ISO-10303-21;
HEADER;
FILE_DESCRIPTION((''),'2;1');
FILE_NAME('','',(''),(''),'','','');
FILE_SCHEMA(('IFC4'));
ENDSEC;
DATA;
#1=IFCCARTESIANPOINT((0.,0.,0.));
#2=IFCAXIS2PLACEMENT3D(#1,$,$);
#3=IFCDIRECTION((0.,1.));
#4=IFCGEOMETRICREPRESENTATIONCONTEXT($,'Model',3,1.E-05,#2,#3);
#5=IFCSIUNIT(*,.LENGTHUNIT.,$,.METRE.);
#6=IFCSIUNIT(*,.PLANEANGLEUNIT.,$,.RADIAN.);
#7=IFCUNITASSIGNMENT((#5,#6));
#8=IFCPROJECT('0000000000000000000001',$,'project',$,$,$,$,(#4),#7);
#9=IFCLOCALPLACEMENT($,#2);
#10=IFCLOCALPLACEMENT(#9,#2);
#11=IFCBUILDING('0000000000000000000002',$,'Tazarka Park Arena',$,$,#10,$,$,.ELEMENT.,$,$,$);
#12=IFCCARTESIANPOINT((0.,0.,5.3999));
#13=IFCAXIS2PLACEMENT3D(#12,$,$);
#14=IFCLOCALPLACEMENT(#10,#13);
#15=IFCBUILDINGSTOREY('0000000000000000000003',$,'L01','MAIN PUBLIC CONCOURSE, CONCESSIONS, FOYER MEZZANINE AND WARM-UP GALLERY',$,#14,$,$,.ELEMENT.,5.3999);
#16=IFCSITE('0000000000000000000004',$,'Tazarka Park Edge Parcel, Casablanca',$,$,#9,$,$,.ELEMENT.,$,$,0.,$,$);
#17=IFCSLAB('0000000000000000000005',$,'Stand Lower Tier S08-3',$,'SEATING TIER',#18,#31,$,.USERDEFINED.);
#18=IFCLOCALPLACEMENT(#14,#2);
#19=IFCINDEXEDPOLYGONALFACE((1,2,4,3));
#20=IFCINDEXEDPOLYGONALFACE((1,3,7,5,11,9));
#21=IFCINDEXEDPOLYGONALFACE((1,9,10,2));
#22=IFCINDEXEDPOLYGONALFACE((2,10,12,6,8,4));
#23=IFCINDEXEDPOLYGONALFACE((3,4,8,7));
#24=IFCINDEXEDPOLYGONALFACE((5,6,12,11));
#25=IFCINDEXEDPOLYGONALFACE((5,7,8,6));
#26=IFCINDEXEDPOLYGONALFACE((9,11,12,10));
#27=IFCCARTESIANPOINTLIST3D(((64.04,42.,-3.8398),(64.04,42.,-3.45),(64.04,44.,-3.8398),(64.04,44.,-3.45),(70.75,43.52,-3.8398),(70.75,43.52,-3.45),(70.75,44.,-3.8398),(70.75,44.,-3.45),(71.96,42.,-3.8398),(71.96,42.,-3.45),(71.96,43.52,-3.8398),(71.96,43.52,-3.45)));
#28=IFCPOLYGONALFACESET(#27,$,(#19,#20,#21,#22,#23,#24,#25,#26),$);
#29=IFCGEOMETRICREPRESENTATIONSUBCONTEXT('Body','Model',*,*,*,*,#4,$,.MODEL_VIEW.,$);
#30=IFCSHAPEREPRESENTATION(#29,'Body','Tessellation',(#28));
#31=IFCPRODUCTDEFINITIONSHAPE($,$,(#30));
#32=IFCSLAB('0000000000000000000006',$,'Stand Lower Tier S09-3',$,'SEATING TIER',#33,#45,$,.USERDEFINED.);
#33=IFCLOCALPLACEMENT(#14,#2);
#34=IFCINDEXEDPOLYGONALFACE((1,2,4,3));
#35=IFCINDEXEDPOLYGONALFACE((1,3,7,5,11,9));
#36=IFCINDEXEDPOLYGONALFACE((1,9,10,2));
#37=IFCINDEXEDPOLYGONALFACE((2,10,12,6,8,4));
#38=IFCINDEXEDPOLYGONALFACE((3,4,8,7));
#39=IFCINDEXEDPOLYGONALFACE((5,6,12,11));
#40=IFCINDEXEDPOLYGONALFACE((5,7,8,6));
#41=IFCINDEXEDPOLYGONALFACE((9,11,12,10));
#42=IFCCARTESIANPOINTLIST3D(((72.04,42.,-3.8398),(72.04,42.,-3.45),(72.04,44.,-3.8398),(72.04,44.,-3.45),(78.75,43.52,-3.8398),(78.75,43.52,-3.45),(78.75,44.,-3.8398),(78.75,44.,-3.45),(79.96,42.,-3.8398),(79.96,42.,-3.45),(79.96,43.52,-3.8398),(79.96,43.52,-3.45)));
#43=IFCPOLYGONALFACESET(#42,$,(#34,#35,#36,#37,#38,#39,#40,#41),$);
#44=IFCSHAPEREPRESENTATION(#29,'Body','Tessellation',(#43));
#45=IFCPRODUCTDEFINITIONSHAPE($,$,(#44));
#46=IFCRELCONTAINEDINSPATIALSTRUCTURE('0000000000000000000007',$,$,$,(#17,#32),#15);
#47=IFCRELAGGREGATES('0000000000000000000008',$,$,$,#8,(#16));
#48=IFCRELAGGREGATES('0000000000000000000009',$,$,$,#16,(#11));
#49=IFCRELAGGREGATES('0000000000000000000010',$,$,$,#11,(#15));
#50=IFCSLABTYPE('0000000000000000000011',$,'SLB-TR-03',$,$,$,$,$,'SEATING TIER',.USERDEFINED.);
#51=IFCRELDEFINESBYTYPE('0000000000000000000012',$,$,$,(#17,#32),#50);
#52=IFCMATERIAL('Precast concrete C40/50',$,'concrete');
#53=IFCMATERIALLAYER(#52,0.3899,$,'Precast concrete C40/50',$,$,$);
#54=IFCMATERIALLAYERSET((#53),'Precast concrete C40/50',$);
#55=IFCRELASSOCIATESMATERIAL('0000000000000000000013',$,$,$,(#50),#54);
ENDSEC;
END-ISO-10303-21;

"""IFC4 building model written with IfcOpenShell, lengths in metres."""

from ifc_helpers import new_model, si_unit, direction, frame, origin, place, context, subcontext, project, spatial, polyline, outline, extrude, material, layer, layer_set, type_object, element, save


model = new_model("IFC4")

# Units and contexts
model_context = context("Model", 3, precision=1e-05, world=origin(), true_north=direction((0.0, 1.0)))
body_context = subcontext(model_context, "Body", "Model", "MODEL_VIEW")
ifc_project = project(units=[si_unit("LENGTHUNIT", "METRE"), si_unit("PLANEANGLEUNIT", "RADIAN")], contexts=[model_context])

# Site, building, storey
site_placement = place(None, origin())
site = spatial("IfcSite", under=ifc_project, at=site_placement, Name="Tazarka Park Edge Parcel, Casablanca", CompositionType="ELEMENT", RefElevation=0.0)
building_placement = place(site_placement, origin())
building = spatial("IfcBuilding", under=site, at=building_placement, Name="Tazarka Park Arena", CompositionType="ELEMENT")
storey_placement = place(building_placement, frame((0.0, 0.0, 5.3999)))
storey = spatial("IfcBuildingStorey", under=building, at=storey_placement, Name="L01", Description="MAIN PUBLIC CONCOURSE, CONCESSIONS, FOYER MEZZANINE AND WARM-UP GALLERY", CompositionType="ELEMENT", Elevation=5.3999)

# Slabs
ifc_material_1 = material(Name="Precast concrete C40/50", Category="concrete")
ifc_layer_1 = layer(ifc_material_1, 0.3899, Name="Precast concrete C40/50")
ifc_layer_set_1 = layer_set([ifc_layer_1], Name="Precast concrete C40/50")
slab_type_1 = type_object("IfcSlabType", Name="SLB-TR-03", ElementType="SEATING TIER", PredefinedType="USERDEFINED", material=ifc_layer_set_1)
slab_1_placement = place(storey_placement, frame((0.0, 0.0, -3.8398)))
element("IfcSlab", 1, at=slab_1_placement, inside=storey, type_object=slab_type_1, Name="Stand Lower Tier S08-3", ObjectType="SEATING TIER", PredefinedType="USERDEFINED", context=body_context, shape_type="SweptSolid", body=[
    extrude(outline(polyline([(64.04, 42.0), (71.96, 42.0), (71.96, 43.52), (70.75, 43.52), (70.75, 44.0), (64.04, 44.0), (64.04, 42.0)])), origin(), (0.0, 0.0, 1.0), 0.3899),
])
slab_2_placement = place(storey_placement, frame((0.0, 0.0, -3.8398)))
element("IfcSlab", 2, at=slab_2_placement, inside=storey, type_object=slab_type_1, Name="Stand Lower Tier S09-3", ObjectType="SEATING TIER", PredefinedType="USERDEFINED", context=body_context, shape_type="SweptSolid", body=[
    extrude(outline(polyline([(72.04, 42.0), (79.96, 42.0), (79.96, 43.52), (78.75, 43.52), (78.75, 44.0), (72.04, 44.0), (72.04, 42.0)])), origin(), (0.0, 0.0, 1.0), 0.3899),
])

save(model, "model.ifc")
